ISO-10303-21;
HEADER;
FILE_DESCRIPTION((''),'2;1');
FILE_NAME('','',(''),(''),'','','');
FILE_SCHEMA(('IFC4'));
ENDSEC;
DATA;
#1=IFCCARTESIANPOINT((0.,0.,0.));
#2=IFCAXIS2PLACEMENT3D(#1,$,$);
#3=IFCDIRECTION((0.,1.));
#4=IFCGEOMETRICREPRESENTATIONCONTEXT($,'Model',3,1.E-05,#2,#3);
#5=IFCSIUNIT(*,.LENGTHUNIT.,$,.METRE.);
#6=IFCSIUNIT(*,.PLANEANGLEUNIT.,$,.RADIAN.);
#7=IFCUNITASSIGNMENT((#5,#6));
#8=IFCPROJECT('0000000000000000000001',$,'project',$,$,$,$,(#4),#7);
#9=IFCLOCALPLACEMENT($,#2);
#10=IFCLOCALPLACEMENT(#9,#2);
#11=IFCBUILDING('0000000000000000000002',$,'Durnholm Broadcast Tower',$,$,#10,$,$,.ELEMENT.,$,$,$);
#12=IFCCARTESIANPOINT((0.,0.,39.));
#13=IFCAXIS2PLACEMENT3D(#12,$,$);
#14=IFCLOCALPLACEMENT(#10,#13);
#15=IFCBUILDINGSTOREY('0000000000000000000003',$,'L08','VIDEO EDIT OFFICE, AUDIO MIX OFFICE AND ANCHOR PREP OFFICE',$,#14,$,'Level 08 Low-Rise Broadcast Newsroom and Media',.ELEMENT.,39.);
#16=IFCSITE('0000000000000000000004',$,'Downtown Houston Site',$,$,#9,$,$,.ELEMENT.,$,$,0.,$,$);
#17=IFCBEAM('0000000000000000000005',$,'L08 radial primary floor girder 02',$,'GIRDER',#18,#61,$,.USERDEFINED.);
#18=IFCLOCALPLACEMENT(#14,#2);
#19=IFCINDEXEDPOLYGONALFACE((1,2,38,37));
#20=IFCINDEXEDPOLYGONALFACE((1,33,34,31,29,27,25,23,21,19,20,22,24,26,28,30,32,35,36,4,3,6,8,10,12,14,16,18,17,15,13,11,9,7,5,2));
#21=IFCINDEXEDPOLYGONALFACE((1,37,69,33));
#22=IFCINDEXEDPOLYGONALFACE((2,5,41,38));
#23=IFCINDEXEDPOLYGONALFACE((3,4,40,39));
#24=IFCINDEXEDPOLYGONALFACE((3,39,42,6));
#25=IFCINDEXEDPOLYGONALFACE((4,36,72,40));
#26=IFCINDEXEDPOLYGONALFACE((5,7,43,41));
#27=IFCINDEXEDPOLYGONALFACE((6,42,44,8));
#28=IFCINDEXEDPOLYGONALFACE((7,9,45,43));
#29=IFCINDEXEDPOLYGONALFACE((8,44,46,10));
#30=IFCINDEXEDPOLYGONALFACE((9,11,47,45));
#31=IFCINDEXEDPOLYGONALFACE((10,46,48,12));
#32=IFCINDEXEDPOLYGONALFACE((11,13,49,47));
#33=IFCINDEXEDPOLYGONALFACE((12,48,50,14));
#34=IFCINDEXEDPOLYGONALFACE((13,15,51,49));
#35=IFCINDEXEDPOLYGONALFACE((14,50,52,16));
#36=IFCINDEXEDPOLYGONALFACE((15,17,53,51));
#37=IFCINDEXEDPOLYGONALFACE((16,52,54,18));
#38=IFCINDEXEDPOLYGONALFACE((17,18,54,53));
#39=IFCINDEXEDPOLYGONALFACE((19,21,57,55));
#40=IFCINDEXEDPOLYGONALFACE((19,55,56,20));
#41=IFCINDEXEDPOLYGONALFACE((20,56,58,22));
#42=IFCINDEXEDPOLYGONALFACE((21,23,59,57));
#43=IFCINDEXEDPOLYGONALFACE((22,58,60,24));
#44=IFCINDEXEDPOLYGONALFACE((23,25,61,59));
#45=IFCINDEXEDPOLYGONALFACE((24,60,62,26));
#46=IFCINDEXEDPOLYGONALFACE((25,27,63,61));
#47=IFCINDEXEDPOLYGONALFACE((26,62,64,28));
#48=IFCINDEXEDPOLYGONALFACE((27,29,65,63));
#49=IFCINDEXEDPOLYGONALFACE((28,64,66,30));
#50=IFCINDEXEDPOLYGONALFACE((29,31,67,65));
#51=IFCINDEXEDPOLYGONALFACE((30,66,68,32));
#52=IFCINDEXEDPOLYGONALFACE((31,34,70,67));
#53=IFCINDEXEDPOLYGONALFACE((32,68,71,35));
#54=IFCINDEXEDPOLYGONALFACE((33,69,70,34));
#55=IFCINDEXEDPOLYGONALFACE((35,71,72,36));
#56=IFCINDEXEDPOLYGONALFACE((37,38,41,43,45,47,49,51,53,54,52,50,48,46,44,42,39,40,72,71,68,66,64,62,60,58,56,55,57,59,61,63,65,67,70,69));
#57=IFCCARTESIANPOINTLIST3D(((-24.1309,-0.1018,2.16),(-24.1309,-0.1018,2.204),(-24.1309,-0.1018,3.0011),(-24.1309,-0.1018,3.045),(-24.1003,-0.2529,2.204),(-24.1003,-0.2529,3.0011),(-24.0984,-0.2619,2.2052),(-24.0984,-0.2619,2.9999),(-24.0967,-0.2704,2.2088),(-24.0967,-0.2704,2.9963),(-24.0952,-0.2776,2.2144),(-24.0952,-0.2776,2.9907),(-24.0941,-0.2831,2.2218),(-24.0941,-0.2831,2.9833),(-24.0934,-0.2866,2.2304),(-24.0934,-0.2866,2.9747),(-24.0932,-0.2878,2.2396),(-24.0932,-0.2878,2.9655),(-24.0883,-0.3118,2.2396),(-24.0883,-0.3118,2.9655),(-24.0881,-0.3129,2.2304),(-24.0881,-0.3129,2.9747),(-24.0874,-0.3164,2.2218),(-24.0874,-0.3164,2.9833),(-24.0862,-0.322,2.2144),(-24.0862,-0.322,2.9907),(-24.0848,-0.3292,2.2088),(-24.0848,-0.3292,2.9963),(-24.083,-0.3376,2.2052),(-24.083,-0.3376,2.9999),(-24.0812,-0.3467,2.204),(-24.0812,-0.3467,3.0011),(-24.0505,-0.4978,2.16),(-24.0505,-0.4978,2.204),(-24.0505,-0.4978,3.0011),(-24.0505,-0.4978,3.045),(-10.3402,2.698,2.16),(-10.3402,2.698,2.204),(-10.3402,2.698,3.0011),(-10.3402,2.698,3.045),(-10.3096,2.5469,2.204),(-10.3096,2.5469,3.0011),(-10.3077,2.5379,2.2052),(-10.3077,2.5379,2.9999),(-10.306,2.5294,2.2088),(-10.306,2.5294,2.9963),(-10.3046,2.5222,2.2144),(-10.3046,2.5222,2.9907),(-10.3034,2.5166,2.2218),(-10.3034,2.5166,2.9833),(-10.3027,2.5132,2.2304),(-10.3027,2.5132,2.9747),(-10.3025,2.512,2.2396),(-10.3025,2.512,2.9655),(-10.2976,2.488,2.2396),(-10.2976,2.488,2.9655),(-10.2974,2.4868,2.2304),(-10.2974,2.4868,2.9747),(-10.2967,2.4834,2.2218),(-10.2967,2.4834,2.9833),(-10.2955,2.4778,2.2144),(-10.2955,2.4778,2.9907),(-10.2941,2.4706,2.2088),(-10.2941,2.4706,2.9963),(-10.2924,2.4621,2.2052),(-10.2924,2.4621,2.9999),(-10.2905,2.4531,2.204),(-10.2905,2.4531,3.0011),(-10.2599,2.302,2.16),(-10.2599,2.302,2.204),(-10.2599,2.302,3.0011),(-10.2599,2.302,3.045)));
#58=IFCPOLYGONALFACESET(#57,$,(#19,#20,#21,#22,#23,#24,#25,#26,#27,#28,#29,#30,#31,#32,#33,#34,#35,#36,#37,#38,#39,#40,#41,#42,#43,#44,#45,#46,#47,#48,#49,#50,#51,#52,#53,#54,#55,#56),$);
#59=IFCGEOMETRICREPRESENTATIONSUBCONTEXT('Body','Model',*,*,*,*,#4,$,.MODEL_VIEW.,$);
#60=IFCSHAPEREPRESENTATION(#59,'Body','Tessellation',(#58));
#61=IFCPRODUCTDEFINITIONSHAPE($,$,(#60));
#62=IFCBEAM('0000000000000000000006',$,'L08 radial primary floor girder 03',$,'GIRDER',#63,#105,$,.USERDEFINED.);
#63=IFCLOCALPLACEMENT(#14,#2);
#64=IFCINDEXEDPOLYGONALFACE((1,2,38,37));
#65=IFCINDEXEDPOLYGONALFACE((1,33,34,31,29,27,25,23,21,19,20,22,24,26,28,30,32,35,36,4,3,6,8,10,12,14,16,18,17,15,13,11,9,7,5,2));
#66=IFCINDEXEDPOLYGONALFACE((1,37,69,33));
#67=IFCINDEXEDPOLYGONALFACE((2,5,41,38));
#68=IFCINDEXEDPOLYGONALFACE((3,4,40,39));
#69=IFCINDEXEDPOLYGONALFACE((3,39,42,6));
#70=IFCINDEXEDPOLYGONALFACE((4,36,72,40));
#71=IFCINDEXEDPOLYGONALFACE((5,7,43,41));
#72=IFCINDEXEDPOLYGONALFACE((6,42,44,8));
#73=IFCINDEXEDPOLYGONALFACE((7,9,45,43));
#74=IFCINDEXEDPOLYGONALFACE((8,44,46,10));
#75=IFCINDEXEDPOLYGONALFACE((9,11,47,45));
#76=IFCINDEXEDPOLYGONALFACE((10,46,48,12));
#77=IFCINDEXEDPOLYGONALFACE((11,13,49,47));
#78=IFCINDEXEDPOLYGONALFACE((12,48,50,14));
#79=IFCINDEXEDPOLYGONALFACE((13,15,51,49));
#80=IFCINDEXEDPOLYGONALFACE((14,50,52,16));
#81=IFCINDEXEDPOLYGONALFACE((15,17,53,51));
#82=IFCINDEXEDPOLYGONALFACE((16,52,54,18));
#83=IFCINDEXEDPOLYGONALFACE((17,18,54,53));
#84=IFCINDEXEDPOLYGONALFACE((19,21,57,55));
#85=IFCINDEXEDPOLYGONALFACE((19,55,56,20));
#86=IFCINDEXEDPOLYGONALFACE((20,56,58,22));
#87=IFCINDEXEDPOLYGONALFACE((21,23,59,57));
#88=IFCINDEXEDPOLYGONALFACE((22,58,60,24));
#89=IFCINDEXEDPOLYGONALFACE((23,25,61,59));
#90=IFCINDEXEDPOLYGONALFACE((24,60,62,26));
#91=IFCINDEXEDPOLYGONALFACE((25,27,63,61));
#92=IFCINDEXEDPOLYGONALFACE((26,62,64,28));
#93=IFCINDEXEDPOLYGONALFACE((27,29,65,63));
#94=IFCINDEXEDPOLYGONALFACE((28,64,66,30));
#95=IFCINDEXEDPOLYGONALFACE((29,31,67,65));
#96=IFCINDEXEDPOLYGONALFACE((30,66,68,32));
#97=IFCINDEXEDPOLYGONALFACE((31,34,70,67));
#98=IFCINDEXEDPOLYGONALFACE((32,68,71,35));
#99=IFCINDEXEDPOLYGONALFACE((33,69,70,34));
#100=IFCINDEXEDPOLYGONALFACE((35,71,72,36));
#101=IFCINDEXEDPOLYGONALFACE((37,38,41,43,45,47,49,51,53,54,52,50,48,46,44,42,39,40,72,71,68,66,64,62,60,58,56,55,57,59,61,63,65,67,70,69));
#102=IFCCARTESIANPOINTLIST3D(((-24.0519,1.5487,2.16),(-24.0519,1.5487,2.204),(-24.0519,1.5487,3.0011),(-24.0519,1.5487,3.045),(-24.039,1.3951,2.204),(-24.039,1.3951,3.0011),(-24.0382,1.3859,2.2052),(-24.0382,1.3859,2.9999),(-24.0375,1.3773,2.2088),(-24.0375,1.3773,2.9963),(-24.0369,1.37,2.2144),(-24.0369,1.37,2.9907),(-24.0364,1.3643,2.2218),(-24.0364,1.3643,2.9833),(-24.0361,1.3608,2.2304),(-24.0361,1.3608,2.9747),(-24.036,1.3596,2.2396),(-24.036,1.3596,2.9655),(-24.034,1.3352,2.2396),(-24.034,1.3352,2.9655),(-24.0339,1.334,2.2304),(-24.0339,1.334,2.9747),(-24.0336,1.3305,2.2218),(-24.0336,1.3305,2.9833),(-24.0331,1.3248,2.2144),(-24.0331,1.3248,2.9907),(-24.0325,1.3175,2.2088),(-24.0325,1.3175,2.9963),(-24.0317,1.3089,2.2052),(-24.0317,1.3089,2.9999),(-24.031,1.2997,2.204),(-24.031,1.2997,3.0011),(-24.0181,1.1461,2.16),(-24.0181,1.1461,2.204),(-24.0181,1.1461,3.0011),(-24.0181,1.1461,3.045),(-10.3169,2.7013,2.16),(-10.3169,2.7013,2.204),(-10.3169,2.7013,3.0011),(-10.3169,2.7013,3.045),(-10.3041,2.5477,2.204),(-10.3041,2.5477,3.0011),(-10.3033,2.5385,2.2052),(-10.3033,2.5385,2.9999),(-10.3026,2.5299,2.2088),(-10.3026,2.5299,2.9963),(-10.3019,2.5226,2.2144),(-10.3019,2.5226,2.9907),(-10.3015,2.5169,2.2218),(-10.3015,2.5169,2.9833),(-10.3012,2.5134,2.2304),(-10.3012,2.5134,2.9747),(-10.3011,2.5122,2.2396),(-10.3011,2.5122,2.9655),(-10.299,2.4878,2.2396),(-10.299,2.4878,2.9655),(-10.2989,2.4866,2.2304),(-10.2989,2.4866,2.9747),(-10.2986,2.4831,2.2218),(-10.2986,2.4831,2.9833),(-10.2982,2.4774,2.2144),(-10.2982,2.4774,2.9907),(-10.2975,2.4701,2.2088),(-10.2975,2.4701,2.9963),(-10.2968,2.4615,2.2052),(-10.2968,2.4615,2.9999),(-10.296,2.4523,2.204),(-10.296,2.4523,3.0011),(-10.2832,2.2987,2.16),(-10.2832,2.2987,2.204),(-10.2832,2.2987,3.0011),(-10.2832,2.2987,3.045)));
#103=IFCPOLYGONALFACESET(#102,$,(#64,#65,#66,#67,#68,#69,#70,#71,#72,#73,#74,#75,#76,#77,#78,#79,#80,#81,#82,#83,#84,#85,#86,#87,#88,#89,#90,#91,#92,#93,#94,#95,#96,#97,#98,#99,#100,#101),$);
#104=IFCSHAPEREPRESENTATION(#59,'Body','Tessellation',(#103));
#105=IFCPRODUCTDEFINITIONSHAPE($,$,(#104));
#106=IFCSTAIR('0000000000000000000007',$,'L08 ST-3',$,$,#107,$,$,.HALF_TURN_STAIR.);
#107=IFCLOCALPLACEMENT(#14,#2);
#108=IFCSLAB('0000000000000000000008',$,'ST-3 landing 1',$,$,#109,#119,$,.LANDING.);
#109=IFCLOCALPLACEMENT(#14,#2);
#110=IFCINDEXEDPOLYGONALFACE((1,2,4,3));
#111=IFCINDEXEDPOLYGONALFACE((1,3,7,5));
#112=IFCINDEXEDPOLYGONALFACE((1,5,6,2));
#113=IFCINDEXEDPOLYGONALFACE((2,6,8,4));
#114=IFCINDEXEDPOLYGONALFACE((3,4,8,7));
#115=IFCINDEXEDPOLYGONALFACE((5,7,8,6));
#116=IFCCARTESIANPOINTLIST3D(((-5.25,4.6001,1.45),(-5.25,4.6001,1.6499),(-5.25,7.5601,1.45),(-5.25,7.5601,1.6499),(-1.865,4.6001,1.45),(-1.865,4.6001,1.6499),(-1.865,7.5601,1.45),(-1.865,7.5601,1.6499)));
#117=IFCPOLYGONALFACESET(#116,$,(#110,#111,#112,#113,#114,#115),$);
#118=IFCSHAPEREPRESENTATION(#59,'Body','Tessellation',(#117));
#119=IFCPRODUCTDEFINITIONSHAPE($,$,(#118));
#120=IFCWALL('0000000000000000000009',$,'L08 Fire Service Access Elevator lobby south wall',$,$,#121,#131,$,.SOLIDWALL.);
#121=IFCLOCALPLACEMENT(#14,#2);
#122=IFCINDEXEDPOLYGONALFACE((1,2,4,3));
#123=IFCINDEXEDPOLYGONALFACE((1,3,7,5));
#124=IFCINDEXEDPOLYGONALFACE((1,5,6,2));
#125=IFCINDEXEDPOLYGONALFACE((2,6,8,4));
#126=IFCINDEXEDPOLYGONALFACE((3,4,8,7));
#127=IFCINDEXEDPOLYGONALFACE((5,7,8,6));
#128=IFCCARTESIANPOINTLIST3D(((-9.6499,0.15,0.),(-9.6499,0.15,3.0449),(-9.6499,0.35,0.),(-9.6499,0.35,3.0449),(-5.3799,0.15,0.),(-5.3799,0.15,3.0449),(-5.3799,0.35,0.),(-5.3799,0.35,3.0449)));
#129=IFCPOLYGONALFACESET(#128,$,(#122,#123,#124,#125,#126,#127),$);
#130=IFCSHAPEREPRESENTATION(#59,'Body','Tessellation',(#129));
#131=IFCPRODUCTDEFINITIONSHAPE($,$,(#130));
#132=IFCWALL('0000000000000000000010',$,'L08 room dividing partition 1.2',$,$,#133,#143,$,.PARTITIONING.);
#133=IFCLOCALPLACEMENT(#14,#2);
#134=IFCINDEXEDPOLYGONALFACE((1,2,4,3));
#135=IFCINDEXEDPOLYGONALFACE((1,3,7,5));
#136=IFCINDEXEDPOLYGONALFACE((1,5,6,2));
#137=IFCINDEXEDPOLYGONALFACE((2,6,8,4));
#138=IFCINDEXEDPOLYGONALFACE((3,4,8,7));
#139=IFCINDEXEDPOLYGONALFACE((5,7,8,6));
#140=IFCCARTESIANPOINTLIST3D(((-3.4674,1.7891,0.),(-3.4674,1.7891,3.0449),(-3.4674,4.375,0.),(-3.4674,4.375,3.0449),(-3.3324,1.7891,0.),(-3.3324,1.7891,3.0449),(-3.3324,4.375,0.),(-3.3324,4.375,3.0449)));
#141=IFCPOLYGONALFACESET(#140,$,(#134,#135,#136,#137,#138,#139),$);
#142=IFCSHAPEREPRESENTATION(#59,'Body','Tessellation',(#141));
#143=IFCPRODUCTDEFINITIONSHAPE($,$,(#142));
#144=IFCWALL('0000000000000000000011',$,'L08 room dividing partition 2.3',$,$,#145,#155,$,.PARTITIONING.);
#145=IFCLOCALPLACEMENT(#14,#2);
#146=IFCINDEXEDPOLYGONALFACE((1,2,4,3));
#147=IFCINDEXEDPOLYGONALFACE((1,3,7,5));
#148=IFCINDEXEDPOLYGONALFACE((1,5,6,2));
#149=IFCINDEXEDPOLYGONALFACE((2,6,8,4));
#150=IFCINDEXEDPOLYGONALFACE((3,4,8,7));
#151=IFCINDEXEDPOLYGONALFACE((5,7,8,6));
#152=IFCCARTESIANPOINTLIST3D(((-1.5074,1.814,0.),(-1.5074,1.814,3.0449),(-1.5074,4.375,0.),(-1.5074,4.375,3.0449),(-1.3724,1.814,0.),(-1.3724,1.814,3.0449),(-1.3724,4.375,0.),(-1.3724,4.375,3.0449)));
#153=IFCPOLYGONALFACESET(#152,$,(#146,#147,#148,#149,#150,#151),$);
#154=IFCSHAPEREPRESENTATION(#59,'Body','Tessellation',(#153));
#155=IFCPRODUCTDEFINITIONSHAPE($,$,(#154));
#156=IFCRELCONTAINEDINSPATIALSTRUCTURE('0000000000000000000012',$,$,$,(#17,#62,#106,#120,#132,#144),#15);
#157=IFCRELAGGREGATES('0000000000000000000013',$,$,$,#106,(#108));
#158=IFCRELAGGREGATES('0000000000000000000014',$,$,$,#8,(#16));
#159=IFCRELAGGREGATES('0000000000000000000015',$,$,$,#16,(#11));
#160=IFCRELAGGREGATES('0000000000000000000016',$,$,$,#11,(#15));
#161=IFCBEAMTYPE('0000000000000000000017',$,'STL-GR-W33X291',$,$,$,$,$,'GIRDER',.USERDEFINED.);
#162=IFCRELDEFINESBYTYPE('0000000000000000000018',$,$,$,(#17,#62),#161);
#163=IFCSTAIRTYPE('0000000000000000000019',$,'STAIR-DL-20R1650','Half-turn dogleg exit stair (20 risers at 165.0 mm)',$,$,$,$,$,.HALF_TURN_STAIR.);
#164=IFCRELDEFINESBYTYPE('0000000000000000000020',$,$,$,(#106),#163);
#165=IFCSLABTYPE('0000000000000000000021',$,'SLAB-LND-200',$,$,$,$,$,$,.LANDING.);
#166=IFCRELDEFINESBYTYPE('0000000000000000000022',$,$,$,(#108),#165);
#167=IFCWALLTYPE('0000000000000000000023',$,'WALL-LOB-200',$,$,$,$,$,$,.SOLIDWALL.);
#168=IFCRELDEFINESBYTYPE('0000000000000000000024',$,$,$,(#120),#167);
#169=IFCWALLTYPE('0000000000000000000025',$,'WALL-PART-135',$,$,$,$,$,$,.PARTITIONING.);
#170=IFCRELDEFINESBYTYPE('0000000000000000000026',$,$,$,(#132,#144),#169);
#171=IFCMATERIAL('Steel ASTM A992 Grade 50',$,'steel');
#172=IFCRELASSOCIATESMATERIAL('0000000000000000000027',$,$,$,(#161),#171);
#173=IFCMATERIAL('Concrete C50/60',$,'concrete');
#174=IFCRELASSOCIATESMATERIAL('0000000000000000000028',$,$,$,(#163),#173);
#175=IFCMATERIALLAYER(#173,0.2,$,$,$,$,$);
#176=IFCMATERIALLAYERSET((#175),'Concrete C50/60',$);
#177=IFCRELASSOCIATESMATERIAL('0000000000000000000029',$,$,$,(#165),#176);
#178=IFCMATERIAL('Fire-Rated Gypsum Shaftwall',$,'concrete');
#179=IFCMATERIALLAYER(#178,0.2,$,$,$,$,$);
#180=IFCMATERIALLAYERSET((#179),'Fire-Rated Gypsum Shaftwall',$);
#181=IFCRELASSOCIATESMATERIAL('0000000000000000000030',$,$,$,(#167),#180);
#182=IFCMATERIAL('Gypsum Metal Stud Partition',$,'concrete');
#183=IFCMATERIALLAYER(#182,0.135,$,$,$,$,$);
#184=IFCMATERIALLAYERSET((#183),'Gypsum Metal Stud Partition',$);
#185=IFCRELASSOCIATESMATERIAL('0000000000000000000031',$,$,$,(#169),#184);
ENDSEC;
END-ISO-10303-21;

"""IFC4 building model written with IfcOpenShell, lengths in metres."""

from ifc_helpers import new_model, si_unit, direction, frame, frame_2d, origin, origin_2d, place, context, subcontext, project, spatial, polyline, rectangle, i_section, outline, extrude, source, transform, mapped, material, layer, layer_set, material_profile, profile_set, type_object, type_shapes, element, aggregate, save


model = new_model("IFC4")

# Units and contexts
model_context = context("Model", 3, precision=1e-05, world=origin(), true_north=direction((0.0, 1.0)))
body_context = subcontext(model_context, "Body", "Model", "MODEL_VIEW")
ifc_project = project(units=[si_unit("LENGTHUNIT", "METRE"), si_unit("PLANEANGLEUNIT", "RADIAN")], contexts=[model_context])

# Site, building, storey
site_placement = place(None, origin())
site = spatial("IfcSite", under=ifc_project, at=site_placement, Name="Downtown Houston Site", CompositionType="ELEMENT", RefElevation=0.0)
building_placement = place(site_placement, origin())
building = spatial("IfcBuilding", under=site, at=building_placement, Name="Durnholm Broadcast Tower", CompositionType="ELEMENT")
storey_placement = place(building_placement, frame((0.0, 0.0, 39.0)))
storey = spatial("IfcBuildingStorey", under=building, at=storey_placement, Name="L08", Description="VIDEO EDIT OFFICE, AUDIO MIX OFFICE AND ANCHOR PREP OFFICE", LongName="Level 08 Low-Rise Broadcast Newsroom and Media", CompositionType="ELEMENT", Elevation=39.0)

# Beams
ifc_material_1 = material(Name="Steel ASTM A992 Grade 50", Category="steel")
ifc_material_profile = material_profile(ifc_material_1, i_section(OverallWidth=0.4041, OverallDepth=0.885, WebThickness=0.0244, FlangeThickness=0.0439, FilletRadius=0.0356, at=origin_2d()), Name="W33X291")
ifc_profile_set = profile_set([ifc_material_profile], Name="Steel ASTM A992 Grade 50")
beam_type = type_object("IfcBeamType", Name="STL-GR-W33X291", ElementType="GIRDER", PredefinedType="USERDEFINED", material=ifc_profile_set)
shared_shape_1 = source(origin(), body_context, "Body", "SweptSolid", [
    extrude(i_section(OverallWidth=0.4041, OverallDepth=0.885, WebThickness=0.0244, FlangeThickness=0.0439, FilletRadius=0.0356, at=origin_2d()), origin(), (0.0, 0.0, 1.0), 14.072),
])
beam_1_placement = place(storey_placement, frame((-10.3, 2.5, 2.6025), z_axis=(-0.980007, -0.198961, 0.0), x_axis=(0.198961, -0.980007, 0.0)))
element("IfcBeam", 1, at=beam_1_placement, inside=storey, type_object=beam_type, Name="L08 radial primary floor girder 02", ObjectType="GIRDER", PredefinedType="USERDEFINED", context=body_context, shape_type="MappedRepresentation", body=[
    mapped(shared_shape_1, transform((0.0, 0.0, 0.0), x_axis=(1.0, 0.0, 0.0), y_axis=(0.0, 1.0, 0.0), z_axis=(0.0, 0.0, 1.0), scale=1.0)),
])
shared_shape_2 = source(origin(), body_context, "Body", "SweptSolid", [
    extrude(i_section(OverallWidth=0.4041, OverallDepth=0.885, WebThickness=0.0244, FlangeThickness=0.0439, FilletRadius=0.0356, at=origin_2d()), origin(), (0.0, 0.0, 1.0), 13.7832),
])
type_shapes(beam_type, [shared_shape_1, shared_shape_2])
beam_2_placement = place(storey_placement, frame((-10.3, 2.5, 2.6025), z_axis=(-0.996497, -0.083623, 0.0), x_axis=(0.083623, -0.996497, 0.0)))
element("IfcBeam", 2, at=beam_2_placement, inside=storey, type_object=beam_type, Name="L08 radial primary floor girder 03", ObjectType="GIRDER", PredefinedType="USERDEFINED", context=body_context, shape_type="MappedRepresentation", body=[
    mapped(shared_shape_2, transform((0.0, 0.0, 0.0), x_axis=(1.0, 0.0, 0.0), y_axis=(0.0, 1.0, 0.0), z_axis=(0.0, 0.0, 1.0), scale=1.0)),
])

# Stair, slab
ifc_material_2 = material(Name="Concrete C50/60", Category="concrete")
stair_type = type_object("IfcStairType", Name="STAIR-DL-20R1650", Description="Half-turn dogleg exit stair (20 risers at 165.0 mm)", PredefinedType="HALF_TURN_STAIR", material=ifc_material_2)
stair_placement = place(storey_placement, origin())
stair = element("IfcStair", 3, at=stair_placement, inside=storey, type_object=stair_type, Name="L08 ST-3", PredefinedType="HALF_TURN_STAIR")
ifc_layer_1 = layer(ifc_material_2, 0.2)
ifc_layer_set_1 = layer_set([ifc_layer_1], Name="Concrete C50/60")
slab_type = type_object("IfcSlabType", Name="SLAB-LND-200", PredefinedType="LANDING", material=ifc_layer_set_1)
slab_placement = place(storey_placement, frame((0.0, 0.0, 1.45)))
slab = element("IfcSlab", 4, at=slab_placement, type_object=slab_type, Name="ST-3 landing 1", PredefinedType="LANDING", context=body_context, shape_type="SweptSolid", body=[
    extrude(outline(polyline([(-1.865, 7.5601), (-5.25, 7.5601), (-5.25, 4.6001), (-1.865, 4.6001), (-1.865, 7.5601)])), origin(), (0.0, 0.0, 1.0), 0.2),
])

# Wall
ifc_material_3 = material(Name="Fire-Rated Gypsum Shaftwall", Category="concrete")
ifc_layer_2 = layer(ifc_material_3, 0.2)
ifc_layer_set_2 = layer_set([ifc_layer_2], Name="Fire-Rated Gypsum Shaftwall")
wall_type_1 = type_object("IfcWallType", Name="WALL-LOB-200", PredefinedType="SOLIDWALL", material=ifc_layer_set_2)
wall_1_placement = place(storey_placement, frame((-9.6499, 0.25, 0.0), z_axis=(0.0, 0.0, 1.0), x_axis=(1.0, 0.0, 0.0)))
element("IfcWall", 5, at=wall_1_placement, inside=storey, type_object=wall_type_1, Name="L08 Fire Service Access Elevator lobby south wall", PredefinedType="SOLIDWALL", context=body_context, shape_type="SweptSolid", body=[
    extrude(rectangle(XDim=4.27, YDim=0.2, at=frame_2d((2.135, 0.0))), origin(), (0.0, 0.0, 1.0), 3.0449),
])

# Walls
ifc_material_4 = material(Name="Gypsum Metal Stud Partition", Category="concrete")
ifc_layer_3 = layer(ifc_material_4, 0.135)
ifc_layer_set_3 = layer_set([ifc_layer_3], Name="Gypsum Metal Stud Partition")
wall_type_2 = type_object("IfcWallType", Name="WALL-PART-135", PredefinedType="PARTITIONING", material=ifc_layer_set_3)
wall_2_placement = place(storey_placement, frame((-3.3999, 4.375, 0.0), z_axis=(0.0, 0.0, 1.0), x_axis=(0.0, -1.0, 0.0)))
element("IfcWall", 6, at=wall_2_placement, inside=storey, type_object=wall_type_2, Name="L08 room dividing partition 1.2", PredefinedType="PARTITIONING", context=body_context, shape_type="SweptSolid", body=[
    extrude(rectangle(XDim=2.5859, YDim=0.135, at=frame_2d((1.293, 0.0))), origin(), (0.0, 0.0, 1.0), 3.0449),
])
wall_3_placement = place(storey_placement, frame((-1.4399, 4.375, 0.0), z_axis=(0.0, 0.0, 1.0), x_axis=(0.0, -1.0, 0.0)))
element("IfcWall", 7, at=wall_3_placement, inside=storey, type_object=wall_type_2, Name="L08 room dividing partition 2.3", PredefinedType="PARTITIONING", context=body_context, shape_type="SweptSolid", body=[
    extrude(rectangle(XDim=2.561, YDim=0.135, at=frame_2d((1.2805, 0.0))), origin(), (0.0, 0.0, 1.0), 3.0449),
])

aggregate(stair, [slab])

save(model, "model.ifc")
